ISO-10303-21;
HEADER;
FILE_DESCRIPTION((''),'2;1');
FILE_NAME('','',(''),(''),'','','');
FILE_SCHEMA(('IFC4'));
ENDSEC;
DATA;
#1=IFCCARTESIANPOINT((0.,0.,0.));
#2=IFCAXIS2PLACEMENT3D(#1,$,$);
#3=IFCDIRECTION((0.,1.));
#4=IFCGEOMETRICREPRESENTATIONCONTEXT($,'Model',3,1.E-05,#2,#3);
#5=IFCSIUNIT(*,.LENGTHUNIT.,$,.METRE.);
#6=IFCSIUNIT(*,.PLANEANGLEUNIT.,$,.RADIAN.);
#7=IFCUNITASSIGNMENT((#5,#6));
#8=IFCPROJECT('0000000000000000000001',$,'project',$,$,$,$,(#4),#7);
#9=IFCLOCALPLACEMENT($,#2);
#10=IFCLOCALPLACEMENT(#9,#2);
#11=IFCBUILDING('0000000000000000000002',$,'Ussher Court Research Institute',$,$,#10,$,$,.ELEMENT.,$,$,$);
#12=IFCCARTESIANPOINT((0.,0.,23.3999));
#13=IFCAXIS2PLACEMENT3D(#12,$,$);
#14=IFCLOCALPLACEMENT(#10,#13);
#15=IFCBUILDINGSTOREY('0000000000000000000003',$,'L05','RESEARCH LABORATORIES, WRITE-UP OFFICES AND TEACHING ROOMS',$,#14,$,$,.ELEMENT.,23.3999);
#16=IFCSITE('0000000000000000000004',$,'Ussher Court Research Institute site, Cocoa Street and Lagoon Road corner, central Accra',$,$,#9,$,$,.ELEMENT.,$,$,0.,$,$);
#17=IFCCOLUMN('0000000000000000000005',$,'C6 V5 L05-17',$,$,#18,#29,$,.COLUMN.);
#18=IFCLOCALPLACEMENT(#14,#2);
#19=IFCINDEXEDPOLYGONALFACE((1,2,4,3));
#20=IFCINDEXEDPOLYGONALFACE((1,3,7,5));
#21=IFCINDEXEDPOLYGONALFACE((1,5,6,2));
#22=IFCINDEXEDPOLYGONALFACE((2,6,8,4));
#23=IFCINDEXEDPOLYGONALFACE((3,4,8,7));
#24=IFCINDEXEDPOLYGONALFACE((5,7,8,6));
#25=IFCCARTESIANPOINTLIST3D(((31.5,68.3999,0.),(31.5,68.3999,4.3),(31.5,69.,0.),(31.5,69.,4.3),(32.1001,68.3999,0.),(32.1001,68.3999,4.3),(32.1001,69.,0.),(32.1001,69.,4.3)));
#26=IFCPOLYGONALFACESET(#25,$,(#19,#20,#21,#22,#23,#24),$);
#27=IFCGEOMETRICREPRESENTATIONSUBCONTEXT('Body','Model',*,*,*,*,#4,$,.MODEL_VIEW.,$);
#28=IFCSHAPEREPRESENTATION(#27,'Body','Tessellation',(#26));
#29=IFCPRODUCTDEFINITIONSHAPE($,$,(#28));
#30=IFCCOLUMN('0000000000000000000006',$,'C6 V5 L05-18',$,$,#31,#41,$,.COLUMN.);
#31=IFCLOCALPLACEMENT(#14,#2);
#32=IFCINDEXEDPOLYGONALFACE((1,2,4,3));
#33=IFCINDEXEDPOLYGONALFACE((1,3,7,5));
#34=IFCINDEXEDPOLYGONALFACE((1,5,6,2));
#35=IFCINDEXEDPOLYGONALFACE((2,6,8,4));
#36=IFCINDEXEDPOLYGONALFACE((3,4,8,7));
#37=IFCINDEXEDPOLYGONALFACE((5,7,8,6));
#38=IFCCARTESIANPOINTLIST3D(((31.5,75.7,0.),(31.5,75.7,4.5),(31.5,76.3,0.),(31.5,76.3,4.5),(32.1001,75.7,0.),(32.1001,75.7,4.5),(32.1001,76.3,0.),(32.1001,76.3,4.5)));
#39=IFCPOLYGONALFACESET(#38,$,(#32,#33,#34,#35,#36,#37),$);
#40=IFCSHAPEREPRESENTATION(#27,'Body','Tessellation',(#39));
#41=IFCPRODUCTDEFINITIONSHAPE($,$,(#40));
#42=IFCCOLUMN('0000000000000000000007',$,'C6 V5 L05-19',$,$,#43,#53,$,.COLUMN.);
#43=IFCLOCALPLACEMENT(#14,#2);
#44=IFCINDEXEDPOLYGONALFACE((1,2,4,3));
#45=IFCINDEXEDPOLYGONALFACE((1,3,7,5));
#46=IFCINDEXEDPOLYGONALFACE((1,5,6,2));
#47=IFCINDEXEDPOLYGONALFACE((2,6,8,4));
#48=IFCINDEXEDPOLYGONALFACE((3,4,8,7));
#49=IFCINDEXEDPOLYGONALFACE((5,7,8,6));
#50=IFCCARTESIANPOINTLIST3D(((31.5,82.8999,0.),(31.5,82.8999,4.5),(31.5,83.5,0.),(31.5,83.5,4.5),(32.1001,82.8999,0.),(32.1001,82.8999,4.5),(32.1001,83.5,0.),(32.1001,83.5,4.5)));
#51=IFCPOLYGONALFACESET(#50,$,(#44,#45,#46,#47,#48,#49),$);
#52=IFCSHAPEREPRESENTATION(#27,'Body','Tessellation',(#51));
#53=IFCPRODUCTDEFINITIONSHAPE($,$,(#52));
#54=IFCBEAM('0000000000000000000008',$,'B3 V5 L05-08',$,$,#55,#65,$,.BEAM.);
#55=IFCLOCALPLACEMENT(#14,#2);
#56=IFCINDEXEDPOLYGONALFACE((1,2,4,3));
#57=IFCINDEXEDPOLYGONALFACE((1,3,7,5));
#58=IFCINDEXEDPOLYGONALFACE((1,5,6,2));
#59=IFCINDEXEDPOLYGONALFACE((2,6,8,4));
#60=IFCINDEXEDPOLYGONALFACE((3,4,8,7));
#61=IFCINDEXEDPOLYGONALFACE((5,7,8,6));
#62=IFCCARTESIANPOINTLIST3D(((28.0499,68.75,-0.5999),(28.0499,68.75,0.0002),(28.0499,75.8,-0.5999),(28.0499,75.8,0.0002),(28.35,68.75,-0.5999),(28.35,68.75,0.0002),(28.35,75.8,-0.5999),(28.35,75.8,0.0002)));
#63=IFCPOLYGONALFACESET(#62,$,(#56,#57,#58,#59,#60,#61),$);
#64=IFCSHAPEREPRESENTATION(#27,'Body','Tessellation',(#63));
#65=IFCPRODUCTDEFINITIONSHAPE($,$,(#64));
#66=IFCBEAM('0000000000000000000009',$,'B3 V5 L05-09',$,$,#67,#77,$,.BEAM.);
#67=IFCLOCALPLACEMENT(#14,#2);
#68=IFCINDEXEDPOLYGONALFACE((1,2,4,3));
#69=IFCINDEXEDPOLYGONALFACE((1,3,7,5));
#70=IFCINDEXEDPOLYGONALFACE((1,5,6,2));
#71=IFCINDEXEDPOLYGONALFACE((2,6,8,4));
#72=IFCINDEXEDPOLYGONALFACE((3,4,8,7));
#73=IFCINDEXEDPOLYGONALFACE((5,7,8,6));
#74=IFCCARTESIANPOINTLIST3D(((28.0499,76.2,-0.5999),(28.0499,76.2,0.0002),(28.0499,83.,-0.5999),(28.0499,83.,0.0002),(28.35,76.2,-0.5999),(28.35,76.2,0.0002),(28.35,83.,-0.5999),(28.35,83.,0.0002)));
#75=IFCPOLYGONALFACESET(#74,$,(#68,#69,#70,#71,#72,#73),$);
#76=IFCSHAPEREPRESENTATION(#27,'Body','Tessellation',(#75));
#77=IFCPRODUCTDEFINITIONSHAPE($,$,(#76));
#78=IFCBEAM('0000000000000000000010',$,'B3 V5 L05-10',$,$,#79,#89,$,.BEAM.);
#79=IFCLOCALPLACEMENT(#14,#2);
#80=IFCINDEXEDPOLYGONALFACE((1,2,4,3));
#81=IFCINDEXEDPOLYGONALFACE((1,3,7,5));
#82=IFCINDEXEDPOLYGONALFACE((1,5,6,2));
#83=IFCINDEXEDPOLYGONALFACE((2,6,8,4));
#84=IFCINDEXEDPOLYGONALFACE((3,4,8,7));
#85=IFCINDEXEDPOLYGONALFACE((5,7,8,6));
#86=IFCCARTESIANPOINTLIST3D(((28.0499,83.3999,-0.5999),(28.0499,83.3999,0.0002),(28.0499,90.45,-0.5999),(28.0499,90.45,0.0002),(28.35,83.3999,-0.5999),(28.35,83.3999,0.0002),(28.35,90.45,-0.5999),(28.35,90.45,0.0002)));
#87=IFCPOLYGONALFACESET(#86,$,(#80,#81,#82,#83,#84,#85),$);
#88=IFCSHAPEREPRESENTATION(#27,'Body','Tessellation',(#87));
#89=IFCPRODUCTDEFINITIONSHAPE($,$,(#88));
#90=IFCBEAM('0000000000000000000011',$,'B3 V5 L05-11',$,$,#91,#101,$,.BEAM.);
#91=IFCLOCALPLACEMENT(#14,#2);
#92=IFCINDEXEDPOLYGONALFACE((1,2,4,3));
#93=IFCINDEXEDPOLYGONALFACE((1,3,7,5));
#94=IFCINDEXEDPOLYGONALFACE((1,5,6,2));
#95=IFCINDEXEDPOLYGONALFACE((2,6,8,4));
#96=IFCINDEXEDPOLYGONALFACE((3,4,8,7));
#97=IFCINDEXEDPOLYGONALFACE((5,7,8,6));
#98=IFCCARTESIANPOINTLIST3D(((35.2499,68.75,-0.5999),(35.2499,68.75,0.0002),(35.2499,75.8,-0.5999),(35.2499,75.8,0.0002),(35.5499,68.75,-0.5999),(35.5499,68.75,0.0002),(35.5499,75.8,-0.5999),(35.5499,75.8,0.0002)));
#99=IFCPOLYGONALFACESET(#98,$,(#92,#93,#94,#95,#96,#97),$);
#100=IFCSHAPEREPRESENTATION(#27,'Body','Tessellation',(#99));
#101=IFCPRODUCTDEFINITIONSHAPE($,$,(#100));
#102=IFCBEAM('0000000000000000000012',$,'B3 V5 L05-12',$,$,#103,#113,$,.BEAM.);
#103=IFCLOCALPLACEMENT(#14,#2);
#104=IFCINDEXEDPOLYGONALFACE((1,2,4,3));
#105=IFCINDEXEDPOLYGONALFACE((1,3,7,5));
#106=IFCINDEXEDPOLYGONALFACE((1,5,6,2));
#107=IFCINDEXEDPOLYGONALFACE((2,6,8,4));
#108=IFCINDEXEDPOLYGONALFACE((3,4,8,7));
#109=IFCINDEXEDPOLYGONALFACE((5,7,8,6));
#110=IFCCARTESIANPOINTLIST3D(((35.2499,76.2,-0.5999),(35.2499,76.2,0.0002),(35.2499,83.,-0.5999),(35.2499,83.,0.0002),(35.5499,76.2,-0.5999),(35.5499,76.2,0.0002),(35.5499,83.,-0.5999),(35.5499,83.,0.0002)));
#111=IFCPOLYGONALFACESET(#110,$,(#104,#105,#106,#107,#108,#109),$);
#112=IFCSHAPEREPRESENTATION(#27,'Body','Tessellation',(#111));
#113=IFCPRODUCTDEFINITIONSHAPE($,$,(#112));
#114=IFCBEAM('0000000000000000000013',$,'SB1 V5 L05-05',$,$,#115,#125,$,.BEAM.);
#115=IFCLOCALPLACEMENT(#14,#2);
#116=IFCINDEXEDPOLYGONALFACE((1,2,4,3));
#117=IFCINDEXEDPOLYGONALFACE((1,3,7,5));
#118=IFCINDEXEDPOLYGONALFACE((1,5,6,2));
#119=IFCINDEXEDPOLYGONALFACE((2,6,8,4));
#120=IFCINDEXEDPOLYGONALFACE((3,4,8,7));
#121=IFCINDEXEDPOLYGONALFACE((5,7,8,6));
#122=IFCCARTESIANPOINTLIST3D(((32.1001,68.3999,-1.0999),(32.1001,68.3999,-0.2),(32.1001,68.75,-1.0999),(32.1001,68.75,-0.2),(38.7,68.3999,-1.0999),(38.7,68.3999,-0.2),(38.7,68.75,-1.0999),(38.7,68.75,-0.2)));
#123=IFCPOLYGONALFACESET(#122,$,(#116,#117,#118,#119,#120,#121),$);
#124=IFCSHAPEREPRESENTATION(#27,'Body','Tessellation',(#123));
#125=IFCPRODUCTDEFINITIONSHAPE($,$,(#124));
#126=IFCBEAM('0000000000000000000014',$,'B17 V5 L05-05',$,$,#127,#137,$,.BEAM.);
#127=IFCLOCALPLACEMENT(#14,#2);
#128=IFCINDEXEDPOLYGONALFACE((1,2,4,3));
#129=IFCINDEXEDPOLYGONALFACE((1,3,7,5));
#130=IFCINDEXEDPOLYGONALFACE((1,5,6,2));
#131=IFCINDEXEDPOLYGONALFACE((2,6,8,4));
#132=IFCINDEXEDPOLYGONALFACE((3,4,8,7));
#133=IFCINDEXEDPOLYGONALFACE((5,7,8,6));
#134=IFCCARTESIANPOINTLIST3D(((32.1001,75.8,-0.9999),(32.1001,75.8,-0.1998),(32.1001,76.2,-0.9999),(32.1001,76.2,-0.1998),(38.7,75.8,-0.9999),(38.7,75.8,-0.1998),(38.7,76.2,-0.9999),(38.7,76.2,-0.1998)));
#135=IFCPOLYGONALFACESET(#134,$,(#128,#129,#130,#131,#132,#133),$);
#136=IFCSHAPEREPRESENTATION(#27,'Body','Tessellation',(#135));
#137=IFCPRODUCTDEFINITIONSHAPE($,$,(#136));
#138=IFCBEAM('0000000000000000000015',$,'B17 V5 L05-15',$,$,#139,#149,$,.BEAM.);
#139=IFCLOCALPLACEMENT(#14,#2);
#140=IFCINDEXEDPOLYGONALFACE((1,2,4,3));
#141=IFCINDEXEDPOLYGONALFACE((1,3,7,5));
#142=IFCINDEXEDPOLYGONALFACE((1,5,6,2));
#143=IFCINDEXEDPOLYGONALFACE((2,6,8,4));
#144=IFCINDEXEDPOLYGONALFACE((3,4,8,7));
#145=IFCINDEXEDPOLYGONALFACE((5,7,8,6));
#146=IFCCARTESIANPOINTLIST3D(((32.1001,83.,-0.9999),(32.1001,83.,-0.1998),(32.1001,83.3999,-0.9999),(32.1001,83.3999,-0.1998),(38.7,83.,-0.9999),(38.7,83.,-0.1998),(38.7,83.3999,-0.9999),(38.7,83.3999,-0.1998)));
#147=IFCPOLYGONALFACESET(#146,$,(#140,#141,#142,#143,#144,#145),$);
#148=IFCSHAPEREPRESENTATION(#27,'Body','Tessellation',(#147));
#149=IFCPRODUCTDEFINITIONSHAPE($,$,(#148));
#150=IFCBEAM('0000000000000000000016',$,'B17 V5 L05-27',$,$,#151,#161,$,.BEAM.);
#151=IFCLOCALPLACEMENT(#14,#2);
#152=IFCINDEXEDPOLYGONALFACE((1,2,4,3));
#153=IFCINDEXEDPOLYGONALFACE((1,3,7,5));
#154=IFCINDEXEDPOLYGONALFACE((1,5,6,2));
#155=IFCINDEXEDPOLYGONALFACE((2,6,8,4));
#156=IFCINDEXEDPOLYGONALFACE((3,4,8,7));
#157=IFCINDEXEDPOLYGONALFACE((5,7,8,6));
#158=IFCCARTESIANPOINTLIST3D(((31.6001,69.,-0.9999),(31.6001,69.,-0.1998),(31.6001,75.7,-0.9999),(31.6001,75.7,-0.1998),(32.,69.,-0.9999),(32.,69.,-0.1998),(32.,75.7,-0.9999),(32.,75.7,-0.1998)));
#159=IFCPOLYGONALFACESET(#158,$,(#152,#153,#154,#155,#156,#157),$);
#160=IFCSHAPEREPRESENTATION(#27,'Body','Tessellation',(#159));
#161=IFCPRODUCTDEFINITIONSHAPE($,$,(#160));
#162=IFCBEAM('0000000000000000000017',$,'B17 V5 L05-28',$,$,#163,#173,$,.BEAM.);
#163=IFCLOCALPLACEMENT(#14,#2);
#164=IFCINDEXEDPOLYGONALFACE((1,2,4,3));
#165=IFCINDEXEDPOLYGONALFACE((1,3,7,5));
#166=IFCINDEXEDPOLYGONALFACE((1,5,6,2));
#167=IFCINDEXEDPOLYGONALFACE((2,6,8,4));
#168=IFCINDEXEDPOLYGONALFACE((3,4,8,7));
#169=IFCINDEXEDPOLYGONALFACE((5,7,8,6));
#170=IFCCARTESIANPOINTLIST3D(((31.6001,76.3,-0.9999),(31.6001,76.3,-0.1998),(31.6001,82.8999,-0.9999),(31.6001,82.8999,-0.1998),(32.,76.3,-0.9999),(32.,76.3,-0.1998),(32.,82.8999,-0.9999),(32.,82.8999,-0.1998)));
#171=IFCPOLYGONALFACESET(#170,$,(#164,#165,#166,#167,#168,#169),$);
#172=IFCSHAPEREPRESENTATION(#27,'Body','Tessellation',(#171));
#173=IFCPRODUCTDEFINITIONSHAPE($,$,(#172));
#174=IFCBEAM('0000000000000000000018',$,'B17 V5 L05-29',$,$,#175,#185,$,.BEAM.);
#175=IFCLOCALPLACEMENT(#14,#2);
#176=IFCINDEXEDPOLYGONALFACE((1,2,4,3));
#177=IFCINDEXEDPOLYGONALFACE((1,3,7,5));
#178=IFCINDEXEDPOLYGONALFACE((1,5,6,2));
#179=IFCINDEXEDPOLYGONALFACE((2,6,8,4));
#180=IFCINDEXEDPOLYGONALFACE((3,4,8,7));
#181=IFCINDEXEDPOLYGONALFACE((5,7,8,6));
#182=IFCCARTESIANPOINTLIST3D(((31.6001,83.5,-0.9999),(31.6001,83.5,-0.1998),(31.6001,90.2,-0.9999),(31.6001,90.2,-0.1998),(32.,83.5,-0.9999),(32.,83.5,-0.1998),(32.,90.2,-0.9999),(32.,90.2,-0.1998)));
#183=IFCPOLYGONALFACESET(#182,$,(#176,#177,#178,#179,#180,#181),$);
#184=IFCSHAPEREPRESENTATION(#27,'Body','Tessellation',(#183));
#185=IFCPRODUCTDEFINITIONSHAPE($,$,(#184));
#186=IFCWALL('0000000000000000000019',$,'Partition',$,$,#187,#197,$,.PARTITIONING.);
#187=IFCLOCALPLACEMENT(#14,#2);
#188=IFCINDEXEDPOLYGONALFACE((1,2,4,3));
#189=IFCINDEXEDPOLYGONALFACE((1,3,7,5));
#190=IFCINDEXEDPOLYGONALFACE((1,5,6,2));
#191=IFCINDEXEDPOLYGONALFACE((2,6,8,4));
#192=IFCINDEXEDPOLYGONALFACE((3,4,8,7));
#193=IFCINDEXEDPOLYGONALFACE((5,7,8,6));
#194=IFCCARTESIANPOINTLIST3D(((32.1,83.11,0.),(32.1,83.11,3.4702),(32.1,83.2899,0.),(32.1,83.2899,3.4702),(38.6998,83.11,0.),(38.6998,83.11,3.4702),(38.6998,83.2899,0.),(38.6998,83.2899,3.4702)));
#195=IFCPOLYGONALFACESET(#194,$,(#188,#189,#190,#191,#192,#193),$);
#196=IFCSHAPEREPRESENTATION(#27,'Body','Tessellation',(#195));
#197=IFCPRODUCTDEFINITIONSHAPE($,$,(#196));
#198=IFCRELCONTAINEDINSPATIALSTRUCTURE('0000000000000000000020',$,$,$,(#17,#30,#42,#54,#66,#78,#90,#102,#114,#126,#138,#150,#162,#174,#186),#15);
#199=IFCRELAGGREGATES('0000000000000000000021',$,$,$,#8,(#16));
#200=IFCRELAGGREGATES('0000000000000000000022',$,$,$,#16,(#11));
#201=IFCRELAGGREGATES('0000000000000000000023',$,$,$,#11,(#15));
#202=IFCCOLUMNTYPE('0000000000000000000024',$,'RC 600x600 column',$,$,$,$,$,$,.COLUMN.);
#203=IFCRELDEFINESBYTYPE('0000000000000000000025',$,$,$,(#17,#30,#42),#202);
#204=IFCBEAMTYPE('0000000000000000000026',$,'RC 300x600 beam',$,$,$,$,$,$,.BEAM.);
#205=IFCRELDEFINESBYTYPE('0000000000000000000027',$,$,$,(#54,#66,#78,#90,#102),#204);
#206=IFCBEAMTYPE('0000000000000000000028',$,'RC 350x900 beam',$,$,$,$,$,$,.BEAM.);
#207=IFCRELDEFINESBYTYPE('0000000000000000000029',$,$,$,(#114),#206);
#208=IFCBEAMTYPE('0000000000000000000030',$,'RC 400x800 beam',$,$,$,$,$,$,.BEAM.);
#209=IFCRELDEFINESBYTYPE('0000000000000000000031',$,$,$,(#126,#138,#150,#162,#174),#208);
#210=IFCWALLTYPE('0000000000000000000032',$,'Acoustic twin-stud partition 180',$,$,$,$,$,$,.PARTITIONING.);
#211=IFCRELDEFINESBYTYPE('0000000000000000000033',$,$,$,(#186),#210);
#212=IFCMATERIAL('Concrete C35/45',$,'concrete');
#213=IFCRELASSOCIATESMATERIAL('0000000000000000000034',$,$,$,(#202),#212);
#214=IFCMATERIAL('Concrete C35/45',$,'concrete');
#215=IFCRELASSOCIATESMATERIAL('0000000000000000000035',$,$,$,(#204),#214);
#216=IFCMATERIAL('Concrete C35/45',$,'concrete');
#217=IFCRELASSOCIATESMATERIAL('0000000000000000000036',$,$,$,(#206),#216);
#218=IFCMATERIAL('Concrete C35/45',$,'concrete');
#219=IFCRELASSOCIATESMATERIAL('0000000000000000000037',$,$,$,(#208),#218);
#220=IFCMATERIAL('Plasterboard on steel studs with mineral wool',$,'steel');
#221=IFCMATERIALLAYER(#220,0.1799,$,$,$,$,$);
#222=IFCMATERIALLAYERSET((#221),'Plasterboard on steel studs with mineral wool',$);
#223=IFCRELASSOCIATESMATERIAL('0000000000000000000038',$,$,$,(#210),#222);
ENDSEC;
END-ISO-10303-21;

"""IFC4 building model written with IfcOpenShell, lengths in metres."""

from ifc_helpers import new_model, si_unit, direction, frame, frame_2d, origin, origin_2d, place, context, subcontext, project, spatial, rectangle, extrude, material, layer, layer_set, material_profile, profile_set, type_object, element, save


model = new_model("IFC4")

# Units and contexts
model_context = context("Model", 3, precision=1e-05, world=origin(), true_north=direction((0.0, 1.0)))
body_context = subcontext(model_context, "Body", "Model", "MODEL_VIEW")
ifc_project = project(units=[si_unit("LENGTHUNIT", "METRE"), si_unit("PLANEANGLEUNIT", "RADIAN")], contexts=[model_context])

# Site, building, storey
site_placement = place(None, origin())
site = spatial("IfcSite", under=ifc_project, at=site_placement, Name="Ussher Court Research Institute site, Cocoa Street and Lagoon Road corner, central Accra", CompositionType="ELEMENT", RefElevation=0.0)
building_placement = place(site_placement, origin())
building = spatial("IfcBuilding", under=site, at=building_placement, Name="Ussher Court Research Institute", CompositionType="ELEMENT")
storey_placement = place(building_placement, frame((0.0, 0.0, 23.3999)))
storey = spatial("IfcBuildingStorey", under=building, at=storey_placement, Name="L05", Description="RESEARCH LABORATORIES, WRITE-UP OFFICES AND TEACHING ROOMS", CompositionType="ELEMENT", Elevation=23.3999)

# Columns
ifc_material_1 = material(Name="Concrete C35/45", Category="concrete")
ifc_material_profile_1 = material_profile(ifc_material_1, rectangle(XDim=0.6001, YDim=0.6001, at=origin_2d()), Name="RC 600x600")
ifc_profile_set_1 = profile_set([ifc_material_profile_1], Name="Concrete C35/45")
column_type = type_object("IfcColumnType", Name="RC 600x600 column", PredefinedType="COLUMN", material=ifc_profile_set_1)
column_placement = place(storey_placement, frame((31.8, 68.7, 0.0), z_axis=(0.0, 0.0, 1.0), x_axis=(1.0, 0.0, 0.0)))
element("IfcColumn", 1, at=column_placement, inside=storey, type_object=column_type, Name="C6 V5 L05-17", PredefinedType="COLUMN", context=body_context, shape_type="SweptSolid", body=[
    extrude(rectangle(XDim=0.6001, YDim=0.6001, at=origin_2d()), origin(), (0.0, 0.0, 1.0), 4.3),
])
for number, where, z_axis, x_axis, name in (
    (2, (31.8, 76.0, 0.0), (0.0, 0.0, 1.0), (1.0, 0.0, 0.0), "C6 V5 L05-18"),
    (3, (31.8, 83.2, 0.0), (0.0, 0.0, 1.0), (1.0, 0.0, 0.0), "C6 V5 L05-19"),
):
    element("IfcColumn", number, at=place(storey_placement, frame(where, z_axis=z_axis, x_axis=x_axis)), inside=storey, type_object=column_type, Name=name, PredefinedType="COLUMN", context=body_context, shape_type="SweptSolid", body=[
        extrude(rectangle(XDim=0.6001, YDim=0.6001, at=origin_2d()), origin(), (0.0, 0.0, 1.0), 4.5),
    ])

# Beams
ifc_material_2 = material(Name="Concrete C35/45", Category="concrete")
ifc_material_profile_2 = material_profile(ifc_material_2, rectangle(XDim=0.3, YDim=0.6001, at=origin_2d()), Name="RC 300x600")
ifc_profile_set_2 = profile_set([ifc_material_profile_2], Name="Concrete C35/45")
beam_type_1 = type_object("IfcBeamType", Name="RC 300x600 beam", PredefinedType="BEAM", material=ifc_profile_set_2)
beam_1_placement = place(storey_placement, frame((28.2, 68.75, -0.2998), z_axis=(0.0, 1.0, 0.0), x_axis=(-1.0, 0.0, 0.0)))
element("IfcBeam", 4, at=beam_1_placement, inside=storey, type_object=beam_type_1, Name="B3 V5 L05-08", PredefinedType="BEAM", context=body_context, shape_type="SweptSolid", body=[
    extrude(rectangle(XDim=0.3, YDim=0.6001, at=origin_2d()), origin(), (0.0, 0.0, 1.0), 7.05),
])
beam_2_placement = place(storey_placement, frame((28.2, 76.2, -0.2998), z_axis=(0.0, 1.0, 0.0), x_axis=(-1.0, 0.0, 0.0)))
element("IfcBeam", 5, at=beam_2_placement, inside=storey, type_object=beam_type_1, Name="B3 V5 L05-09", PredefinedType="BEAM", context=body_context, shape_type="SweptSolid", body=[
    extrude(rectangle(XDim=0.3, YDim=0.6001, at=origin_2d()), origin(), (0.0, 0.0, 1.0), 6.8),
])
for number, where, z_axis, x_axis, name in (
    (6, (28.2, 83.3999, -0.2998), (0.0, 1.0, 0.0), (-1.0, 0.0, 0.0), "B3 V5 L05-10"),
    (7, (35.3999, 68.75, -0.2998), (0.0, 1.0, 0.0), (-1.0, 0.0, 0.0), "B3 V5 L05-11"),
):
    element("IfcBeam", number, at=place(storey_placement, frame(where, z_axis=z_axis, x_axis=x_axis)), inside=storey, type_object=beam_type_1, Name=name, PredefinedType="BEAM", context=body_context, shape_type="SweptSolid", body=[
        extrude(rectangle(XDim=0.3, YDim=0.6001, at=origin_2d()), origin(), (0.0, 0.0, 1.0), 7.05),
    ])
beam_3_placement = place(storey_placement, frame((35.3999, 76.2, -0.2998), z_axis=(0.0, 1.0, 0.0), x_axis=(-1.0, 0.0, 0.0)))
element("IfcBeam", 8, at=beam_3_placement, inside=storey, type_object=beam_type_1, Name="B3 V5 L05-12", PredefinedType="BEAM", context=body_context, shape_type="SweptSolid", body=[
    extrude(rectangle(XDim=0.3, YDim=0.6001, at=origin_2d()), origin(), (0.0, 0.0, 1.0), 6.8),
])
ifc_material_3 = material(Name="Concrete C35/45", Category="concrete")
ifc_material_profile_3 = material_profile(ifc_material_3, rectangle(XDim=0.3501, YDim=0.8999, at=origin_2d()), Name="RC 350x900")
ifc_profile_set_3 = profile_set([ifc_material_profile_3], Name="Concrete C35/45")
beam_type_2 = type_object("IfcBeamType", Name="RC 350x900 beam", PredefinedType="BEAM", material=ifc_profile_set_3)
beam_4_placement = place(storey_placement, frame((32.1001, 68.575, -0.6499), z_axis=(1.0, 0.0, 0.0), x_axis=(0.0, 1.0, 0.0)))
element("IfcBeam", 9, at=beam_4_placement, inside=storey, type_object=beam_type_2, Name="SB1 V5 L05-05", PredefinedType="BEAM", context=body_context, shape_type="SweptSolid", body=[
    extrude(rectangle(XDim=0.3501, YDim=0.8999, at=origin_2d()), origin(), (0.0, 0.0, 1.0), 6.5999),
])
ifc_material_4 = material(Name="Concrete C35/45", Category="concrete")
ifc_material_profile_4 = material_profile(ifc_material_4, rectangle(XDim=0.3999, YDim=0.8, at=origin_2d()), Name="RC 400x800")
ifc_profile_set_4 = profile_set([ifc_material_profile_4], Name="Concrete C35/45")
beam_type_3 = type_object("IfcBeamType", Name="RC 400x800 beam", PredefinedType="BEAM", material=ifc_profile_set_4)
for number, where, z_axis, x_axis, name in (
    (10, (32.1001, 76.0, -0.5999), (1.0, 0.0, 0.0), (0.0, 1.0, 0.0), "B17 V5 L05-05"),
    (11, (32.1001, 83.2, -0.5999), (1.0, 0.0, 0.0), (0.0, 1.0, 0.0), "B17 V5 L05-15"),
):
    element("IfcBeam", number, at=place(storey_placement, frame(where, z_axis=z_axis, x_axis=x_axis)), inside=storey, type_object=beam_type_3, Name=name, PredefinedType="BEAM", context=body_context, shape_type="SweptSolid", body=[
        extrude(rectangle(XDim=0.3999, YDim=0.8, at=origin_2d()), origin(), (0.0, 0.0, 1.0), 6.5999),
    ])
beam_5_placement = place(storey_placement, frame((31.8, 69.0, -0.5999), z_axis=(0.0, 1.0, 0.0), x_axis=(-1.0, 0.0, 0.0)))
element("IfcBeam", 12, at=beam_5_placement, inside=storey, type_object=beam_type_3, Name="B17 V5 L05-27", PredefinedType="BEAM", context=body_context, shape_type="SweptSolid", body=[
    extrude(rectangle(XDim=0.3999, YDim=0.8, at=origin_2d()), origin(), (0.0, 0.0, 1.0), 6.7),
])
beam_6_placement = place(storey_placement, frame((31.8, 76.3, -0.5999), z_axis=(0.0, 1.0, 0.0), x_axis=(-1.0, 0.0, 0.0)))
element("IfcBeam", 13, at=beam_6_placement, inside=storey, type_object=beam_type_3, Name="B17 V5 L05-28", PredefinedType="BEAM", context=body_context, shape_type="SweptSolid", body=[
    extrude(rectangle(XDim=0.3999, YDim=0.8, at=origin_2d()), origin(), (0.0, 0.0, 1.0), 6.5999),
])
beam_7_placement = place(storey_placement, frame((31.8, 83.5, -0.5999), z_axis=(0.0, 1.0, 0.0), x_axis=(-1.0, 0.0, 0.0)))
element("IfcBeam", 14, at=beam_7_placement, inside=storey, type_object=beam_type_3, Name="B17 V5 L05-29", PredefinedType="BEAM", context=body_context, shape_type="SweptSolid", body=[
    extrude(rectangle(XDim=0.3999, YDim=0.8, at=origin_2d()), origin(), (0.0, 0.0, 1.0), 6.7),
])

# Wall
ifc_material_5 = material(Name="Plasterboard on steel studs with mineral wool", Category="steel")
ifc_layer_1 = layer(ifc_material_5, 0.1799)
ifc_layer_set_1 = layer_set([ifc_layer_1], Name="Plasterboard on steel studs with mineral wool")
wall_type_1 = type_object("IfcWallType", Name="Acoustic twin-stud partition 180", PredefinedType="PARTITIONING", material=ifc_layer_set_1)
wall_1_placement = place(storey_placement, frame((32.1001, 83.2, 0.0), z_axis=(0.0, 0.0, 1.0), x_axis=(1.0, 0.0, 0.0)))
element("IfcWall", 15, at=wall_1_placement, inside=storey, type_object=wall_type_1, Name="Partition", PredefinedType="PARTITIONING", context=body_context, shape_type="SweptSolid", body=[
    extrude(rectangle(XDim=6.5999, YDim=0.1799, at=frame_2d((3.2998, 0.0))), origin(), (0.0, 0.0, 1.0), 3.4702),
])

save(model, "model.ifc")
